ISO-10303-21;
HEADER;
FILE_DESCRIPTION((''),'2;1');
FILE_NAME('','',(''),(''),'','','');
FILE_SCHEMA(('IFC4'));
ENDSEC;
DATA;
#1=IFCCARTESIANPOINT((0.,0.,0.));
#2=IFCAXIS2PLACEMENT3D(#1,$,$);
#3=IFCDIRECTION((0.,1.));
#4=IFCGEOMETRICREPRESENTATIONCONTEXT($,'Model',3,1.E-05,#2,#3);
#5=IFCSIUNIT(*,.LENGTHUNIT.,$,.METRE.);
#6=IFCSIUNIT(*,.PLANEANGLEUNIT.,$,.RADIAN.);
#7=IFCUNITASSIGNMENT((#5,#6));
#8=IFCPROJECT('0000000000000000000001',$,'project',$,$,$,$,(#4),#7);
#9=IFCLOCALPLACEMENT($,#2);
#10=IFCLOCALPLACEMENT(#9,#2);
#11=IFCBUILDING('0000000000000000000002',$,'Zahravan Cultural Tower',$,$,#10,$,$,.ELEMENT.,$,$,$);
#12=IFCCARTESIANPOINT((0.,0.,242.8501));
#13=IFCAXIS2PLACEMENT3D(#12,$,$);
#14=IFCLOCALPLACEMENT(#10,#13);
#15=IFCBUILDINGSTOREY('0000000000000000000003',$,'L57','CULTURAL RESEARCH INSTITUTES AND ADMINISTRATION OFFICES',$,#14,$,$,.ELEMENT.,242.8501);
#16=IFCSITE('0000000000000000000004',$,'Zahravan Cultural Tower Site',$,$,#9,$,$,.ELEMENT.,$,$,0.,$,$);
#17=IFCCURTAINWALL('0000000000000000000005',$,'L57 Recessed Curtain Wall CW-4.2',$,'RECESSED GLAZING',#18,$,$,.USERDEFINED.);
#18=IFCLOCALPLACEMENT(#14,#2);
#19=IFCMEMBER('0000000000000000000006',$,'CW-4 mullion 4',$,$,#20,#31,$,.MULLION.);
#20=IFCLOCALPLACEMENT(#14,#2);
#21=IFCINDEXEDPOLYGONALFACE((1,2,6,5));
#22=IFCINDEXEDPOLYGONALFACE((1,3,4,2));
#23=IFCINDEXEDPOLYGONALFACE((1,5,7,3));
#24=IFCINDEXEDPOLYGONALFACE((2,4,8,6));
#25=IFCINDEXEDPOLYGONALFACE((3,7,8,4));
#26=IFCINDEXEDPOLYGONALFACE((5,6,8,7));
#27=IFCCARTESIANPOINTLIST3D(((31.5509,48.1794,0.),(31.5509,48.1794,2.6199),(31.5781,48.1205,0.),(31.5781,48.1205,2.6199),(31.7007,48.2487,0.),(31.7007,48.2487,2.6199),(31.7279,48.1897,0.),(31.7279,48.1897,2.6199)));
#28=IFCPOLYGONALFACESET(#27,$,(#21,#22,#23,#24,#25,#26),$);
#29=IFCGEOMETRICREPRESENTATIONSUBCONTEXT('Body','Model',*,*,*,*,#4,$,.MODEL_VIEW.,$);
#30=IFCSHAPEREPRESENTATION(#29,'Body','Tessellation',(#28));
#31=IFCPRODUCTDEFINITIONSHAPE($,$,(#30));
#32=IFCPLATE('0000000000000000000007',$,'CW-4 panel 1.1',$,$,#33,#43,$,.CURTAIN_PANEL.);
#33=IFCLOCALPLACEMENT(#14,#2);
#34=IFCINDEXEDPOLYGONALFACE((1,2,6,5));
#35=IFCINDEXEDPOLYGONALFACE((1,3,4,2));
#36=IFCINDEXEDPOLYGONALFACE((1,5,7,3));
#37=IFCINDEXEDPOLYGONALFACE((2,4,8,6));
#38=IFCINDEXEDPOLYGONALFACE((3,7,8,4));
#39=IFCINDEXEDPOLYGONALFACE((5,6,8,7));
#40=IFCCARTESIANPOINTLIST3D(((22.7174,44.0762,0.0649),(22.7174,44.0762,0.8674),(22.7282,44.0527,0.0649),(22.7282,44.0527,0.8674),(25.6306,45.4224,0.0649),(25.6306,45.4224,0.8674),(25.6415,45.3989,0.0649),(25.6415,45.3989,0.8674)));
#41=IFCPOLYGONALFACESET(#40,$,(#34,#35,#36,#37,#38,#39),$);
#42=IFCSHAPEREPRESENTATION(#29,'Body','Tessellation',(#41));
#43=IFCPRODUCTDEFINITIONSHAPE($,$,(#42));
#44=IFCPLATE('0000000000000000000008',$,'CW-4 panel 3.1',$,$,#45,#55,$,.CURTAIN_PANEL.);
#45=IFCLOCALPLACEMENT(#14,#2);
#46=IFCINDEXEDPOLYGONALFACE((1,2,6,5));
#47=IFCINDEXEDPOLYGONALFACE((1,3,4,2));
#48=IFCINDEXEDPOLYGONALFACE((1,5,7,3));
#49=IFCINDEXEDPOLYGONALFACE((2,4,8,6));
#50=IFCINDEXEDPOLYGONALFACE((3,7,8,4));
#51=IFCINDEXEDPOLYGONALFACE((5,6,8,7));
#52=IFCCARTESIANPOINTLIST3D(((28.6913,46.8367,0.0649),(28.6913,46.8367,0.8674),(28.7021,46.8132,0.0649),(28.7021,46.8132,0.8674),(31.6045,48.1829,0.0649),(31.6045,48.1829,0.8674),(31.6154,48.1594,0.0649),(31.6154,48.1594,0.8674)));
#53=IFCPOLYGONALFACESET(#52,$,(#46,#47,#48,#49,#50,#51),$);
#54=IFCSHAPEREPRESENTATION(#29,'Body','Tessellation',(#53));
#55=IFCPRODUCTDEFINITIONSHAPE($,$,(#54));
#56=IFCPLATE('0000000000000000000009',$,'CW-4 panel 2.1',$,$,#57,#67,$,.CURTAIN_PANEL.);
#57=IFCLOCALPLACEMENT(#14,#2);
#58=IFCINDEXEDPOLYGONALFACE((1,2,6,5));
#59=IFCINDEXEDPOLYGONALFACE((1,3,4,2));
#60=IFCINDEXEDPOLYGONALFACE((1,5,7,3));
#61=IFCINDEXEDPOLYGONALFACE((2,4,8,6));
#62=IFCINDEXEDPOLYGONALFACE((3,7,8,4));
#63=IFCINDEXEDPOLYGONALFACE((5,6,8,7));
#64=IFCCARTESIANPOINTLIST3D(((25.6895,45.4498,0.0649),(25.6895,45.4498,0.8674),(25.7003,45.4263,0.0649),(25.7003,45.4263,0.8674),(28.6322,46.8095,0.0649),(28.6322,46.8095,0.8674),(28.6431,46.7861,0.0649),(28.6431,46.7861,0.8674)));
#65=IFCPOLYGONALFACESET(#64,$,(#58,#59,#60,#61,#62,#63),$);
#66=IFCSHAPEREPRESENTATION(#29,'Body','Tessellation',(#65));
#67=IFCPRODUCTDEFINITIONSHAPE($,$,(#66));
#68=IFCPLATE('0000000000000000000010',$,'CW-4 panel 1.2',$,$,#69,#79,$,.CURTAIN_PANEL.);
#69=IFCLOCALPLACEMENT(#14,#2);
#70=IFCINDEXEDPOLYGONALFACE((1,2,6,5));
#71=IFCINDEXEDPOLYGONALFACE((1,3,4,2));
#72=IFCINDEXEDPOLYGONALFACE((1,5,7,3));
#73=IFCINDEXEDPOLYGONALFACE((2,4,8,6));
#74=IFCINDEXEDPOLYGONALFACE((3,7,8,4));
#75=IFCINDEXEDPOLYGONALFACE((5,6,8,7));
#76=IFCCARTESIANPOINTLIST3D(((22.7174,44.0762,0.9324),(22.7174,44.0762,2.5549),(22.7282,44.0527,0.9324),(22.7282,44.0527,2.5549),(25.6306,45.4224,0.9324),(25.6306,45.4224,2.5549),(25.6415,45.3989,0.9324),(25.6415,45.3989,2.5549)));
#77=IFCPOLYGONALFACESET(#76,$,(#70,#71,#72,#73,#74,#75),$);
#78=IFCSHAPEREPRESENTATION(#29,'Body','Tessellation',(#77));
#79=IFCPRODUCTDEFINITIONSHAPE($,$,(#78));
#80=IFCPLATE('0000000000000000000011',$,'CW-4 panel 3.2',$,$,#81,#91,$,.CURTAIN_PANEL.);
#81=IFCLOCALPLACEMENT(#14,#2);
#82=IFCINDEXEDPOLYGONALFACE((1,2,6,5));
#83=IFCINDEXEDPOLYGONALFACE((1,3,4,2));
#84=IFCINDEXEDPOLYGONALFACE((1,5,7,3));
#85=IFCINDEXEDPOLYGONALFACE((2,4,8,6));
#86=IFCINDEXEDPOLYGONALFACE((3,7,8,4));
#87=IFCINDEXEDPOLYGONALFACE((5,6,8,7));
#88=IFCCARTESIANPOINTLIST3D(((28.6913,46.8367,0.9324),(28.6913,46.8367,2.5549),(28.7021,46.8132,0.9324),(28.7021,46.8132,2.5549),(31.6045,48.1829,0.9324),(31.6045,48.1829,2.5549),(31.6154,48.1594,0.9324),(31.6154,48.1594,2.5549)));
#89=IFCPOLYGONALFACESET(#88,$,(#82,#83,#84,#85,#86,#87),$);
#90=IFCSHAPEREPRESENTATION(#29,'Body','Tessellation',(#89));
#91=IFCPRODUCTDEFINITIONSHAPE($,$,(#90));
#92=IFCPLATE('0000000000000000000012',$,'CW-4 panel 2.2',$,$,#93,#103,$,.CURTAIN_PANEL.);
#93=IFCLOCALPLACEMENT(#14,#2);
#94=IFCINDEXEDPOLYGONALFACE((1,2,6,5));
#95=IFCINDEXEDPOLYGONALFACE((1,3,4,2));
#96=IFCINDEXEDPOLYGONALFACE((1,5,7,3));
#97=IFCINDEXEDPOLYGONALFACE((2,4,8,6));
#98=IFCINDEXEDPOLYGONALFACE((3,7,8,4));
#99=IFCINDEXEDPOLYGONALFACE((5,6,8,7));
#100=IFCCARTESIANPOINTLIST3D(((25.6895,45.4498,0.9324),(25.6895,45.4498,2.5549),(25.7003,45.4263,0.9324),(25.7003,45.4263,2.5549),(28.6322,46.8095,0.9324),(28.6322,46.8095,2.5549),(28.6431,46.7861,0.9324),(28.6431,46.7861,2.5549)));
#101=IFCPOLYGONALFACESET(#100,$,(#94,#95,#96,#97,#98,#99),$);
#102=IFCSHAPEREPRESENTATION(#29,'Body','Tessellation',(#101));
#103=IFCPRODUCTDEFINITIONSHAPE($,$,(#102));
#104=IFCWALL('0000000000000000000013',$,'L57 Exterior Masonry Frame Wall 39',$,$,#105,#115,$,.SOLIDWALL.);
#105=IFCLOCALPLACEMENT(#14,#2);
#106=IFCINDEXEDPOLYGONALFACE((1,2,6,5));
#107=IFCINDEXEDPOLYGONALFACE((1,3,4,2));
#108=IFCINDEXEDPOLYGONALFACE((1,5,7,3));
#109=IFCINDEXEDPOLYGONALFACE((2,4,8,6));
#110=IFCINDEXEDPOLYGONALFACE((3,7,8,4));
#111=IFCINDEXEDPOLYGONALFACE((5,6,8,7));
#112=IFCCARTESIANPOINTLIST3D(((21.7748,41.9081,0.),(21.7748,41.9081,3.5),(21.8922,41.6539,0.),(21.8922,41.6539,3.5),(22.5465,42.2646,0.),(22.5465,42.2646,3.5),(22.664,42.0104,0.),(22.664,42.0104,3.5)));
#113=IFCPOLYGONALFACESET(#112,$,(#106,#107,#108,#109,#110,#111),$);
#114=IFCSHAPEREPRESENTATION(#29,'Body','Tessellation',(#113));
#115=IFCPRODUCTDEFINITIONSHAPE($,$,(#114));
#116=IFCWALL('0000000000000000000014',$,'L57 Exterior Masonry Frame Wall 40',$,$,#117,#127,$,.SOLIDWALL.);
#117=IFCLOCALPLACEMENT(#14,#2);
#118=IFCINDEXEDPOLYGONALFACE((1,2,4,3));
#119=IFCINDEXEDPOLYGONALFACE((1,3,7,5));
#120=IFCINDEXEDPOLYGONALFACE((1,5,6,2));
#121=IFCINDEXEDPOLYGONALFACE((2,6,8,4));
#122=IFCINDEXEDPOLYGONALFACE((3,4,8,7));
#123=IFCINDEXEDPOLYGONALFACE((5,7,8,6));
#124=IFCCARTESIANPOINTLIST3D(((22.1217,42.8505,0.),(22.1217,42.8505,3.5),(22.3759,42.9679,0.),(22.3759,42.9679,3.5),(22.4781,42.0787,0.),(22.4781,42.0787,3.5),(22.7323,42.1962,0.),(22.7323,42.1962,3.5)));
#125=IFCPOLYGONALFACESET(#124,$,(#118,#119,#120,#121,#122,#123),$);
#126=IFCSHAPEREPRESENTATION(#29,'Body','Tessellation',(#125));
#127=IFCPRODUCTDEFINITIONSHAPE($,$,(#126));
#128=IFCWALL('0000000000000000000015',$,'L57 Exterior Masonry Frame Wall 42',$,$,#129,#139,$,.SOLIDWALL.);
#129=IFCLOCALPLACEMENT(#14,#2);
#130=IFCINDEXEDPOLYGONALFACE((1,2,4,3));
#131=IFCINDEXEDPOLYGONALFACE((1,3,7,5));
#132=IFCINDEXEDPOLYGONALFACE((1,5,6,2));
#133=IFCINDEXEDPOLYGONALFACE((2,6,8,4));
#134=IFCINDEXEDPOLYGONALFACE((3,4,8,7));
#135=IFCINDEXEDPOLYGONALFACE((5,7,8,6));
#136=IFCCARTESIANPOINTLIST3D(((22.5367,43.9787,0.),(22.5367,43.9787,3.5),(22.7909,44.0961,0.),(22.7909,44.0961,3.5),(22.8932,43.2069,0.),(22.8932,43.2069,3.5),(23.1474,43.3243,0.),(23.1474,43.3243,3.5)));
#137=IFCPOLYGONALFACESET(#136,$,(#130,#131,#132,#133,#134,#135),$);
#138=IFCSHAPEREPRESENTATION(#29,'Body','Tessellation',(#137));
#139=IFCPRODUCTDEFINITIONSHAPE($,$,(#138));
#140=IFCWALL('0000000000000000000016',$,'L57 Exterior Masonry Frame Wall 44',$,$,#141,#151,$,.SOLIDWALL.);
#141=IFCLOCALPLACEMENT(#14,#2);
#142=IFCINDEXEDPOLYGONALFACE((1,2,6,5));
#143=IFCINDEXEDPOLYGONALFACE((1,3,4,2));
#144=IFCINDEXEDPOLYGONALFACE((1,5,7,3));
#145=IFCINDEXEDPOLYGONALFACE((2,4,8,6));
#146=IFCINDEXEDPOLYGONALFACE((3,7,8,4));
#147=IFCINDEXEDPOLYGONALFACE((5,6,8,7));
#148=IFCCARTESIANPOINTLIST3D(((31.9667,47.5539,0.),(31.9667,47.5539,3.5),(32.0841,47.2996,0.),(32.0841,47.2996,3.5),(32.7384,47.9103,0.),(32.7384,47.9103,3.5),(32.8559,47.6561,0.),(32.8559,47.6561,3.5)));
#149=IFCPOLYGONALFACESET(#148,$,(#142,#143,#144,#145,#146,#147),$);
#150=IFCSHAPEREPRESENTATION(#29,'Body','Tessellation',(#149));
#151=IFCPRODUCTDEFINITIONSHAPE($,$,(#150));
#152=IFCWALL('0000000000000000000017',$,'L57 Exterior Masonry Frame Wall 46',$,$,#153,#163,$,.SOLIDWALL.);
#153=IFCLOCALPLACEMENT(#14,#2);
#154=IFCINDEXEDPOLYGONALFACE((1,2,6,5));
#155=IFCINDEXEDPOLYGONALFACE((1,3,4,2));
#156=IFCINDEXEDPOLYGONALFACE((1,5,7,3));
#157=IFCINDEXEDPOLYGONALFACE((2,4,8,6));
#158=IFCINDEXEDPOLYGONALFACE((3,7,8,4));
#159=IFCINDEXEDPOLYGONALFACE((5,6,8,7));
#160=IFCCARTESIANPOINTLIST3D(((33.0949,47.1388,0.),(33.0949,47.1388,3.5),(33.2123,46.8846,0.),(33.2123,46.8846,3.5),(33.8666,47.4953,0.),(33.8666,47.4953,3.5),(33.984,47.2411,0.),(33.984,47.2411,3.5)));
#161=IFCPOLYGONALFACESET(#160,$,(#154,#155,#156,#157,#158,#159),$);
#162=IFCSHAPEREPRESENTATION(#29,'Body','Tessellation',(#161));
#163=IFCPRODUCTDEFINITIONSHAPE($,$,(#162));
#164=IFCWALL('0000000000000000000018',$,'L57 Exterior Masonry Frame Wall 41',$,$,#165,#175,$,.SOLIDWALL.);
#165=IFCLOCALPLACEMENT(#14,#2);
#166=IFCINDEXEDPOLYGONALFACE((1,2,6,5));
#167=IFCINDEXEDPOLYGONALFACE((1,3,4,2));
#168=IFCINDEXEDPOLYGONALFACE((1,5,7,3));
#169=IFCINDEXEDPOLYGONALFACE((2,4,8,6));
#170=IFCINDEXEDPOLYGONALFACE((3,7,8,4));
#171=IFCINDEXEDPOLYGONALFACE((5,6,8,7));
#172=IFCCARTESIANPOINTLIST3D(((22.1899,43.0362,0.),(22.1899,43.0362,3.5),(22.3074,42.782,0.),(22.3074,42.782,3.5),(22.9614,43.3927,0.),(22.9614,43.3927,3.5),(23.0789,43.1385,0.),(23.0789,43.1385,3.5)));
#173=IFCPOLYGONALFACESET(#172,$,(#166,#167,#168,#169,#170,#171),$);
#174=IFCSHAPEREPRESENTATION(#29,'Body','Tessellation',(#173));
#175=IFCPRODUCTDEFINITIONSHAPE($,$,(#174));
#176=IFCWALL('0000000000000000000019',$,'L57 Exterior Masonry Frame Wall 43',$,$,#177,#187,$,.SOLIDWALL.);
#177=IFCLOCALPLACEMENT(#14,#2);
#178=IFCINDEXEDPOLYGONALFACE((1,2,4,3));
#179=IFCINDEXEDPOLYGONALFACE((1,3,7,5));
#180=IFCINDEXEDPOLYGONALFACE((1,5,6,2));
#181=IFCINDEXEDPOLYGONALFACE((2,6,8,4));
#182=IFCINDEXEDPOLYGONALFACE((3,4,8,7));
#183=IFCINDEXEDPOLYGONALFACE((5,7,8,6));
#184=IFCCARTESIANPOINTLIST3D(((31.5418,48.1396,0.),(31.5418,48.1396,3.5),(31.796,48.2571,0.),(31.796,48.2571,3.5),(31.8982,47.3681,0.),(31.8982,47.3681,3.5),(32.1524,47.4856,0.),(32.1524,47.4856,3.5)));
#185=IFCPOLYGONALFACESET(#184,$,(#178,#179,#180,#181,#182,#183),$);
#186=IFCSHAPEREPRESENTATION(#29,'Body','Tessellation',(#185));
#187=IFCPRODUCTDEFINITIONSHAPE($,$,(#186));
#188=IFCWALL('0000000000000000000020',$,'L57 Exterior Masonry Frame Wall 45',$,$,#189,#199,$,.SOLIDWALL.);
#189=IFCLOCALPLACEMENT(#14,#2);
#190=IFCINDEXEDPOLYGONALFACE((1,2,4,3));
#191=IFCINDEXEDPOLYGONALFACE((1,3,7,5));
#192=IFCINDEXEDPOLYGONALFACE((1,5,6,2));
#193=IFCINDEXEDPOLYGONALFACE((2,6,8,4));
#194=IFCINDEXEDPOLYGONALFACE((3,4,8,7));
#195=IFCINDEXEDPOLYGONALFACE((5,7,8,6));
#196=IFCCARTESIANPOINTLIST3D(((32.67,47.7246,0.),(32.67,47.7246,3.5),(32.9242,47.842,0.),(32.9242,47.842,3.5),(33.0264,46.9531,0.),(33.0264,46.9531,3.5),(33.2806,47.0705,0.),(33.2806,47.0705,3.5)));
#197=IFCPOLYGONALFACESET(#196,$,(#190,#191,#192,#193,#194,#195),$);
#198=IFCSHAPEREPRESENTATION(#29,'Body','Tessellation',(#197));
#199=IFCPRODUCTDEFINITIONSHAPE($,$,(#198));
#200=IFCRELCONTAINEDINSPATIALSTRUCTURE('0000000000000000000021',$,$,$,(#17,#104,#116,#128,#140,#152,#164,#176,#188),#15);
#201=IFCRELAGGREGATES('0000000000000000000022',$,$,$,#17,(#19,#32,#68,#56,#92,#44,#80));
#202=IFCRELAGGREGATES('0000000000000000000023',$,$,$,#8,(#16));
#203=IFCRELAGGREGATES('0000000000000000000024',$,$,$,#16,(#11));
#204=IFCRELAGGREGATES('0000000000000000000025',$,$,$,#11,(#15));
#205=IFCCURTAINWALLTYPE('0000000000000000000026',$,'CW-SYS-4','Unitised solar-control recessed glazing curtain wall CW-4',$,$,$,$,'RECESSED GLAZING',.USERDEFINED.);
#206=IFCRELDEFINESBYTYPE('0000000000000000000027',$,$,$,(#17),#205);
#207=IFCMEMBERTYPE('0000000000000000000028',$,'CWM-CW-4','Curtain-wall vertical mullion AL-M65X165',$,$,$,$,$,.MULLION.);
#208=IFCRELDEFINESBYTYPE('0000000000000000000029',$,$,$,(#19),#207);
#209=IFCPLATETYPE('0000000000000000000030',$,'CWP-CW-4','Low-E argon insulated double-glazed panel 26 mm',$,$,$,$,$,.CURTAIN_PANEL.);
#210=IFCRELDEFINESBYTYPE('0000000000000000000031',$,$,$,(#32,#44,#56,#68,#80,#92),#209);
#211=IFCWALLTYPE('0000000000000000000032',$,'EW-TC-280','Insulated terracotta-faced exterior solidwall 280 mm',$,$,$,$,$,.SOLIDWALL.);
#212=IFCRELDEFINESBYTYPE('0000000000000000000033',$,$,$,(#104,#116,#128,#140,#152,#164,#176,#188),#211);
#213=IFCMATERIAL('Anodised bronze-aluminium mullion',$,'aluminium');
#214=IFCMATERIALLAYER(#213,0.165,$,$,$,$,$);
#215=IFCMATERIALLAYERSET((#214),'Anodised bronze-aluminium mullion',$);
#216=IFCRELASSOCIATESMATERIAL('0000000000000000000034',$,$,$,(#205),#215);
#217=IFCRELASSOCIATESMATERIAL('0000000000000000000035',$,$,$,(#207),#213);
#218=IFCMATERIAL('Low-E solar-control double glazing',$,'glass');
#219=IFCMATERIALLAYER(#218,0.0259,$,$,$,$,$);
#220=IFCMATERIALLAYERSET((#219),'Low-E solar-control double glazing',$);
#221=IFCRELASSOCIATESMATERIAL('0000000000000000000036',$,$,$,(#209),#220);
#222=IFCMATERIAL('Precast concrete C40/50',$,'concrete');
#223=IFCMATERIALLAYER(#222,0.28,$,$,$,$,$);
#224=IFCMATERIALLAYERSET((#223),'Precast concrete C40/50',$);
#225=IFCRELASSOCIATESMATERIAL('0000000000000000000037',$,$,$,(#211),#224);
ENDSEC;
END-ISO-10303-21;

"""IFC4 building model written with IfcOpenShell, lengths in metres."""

from ifc_helpers import new_model, si_unit, direction, frame, frame_2d, origin, origin_2d, place, context, subcontext, project, spatial, rectangle, extrude, source, transform, mapped, material, layer, layer_set, material_profile, profile_set, type_object, element, aggregate, save


model = new_model("IFC4")

# Units and contexts
model_context = context("Model", 3, precision=1e-05, world=origin(), true_north=direction((0.0, 1.0)))
body_context = subcontext(model_context, "Body", "Model", "MODEL_VIEW")
ifc_project = project(units=[si_unit("LENGTHUNIT", "METRE"), si_unit("PLANEANGLEUNIT", "RADIAN")], contexts=[model_context])

# Site, building, storey
site_placement = place(None, origin())
site = spatial("IfcSite", under=ifc_project, at=site_placement, Name="Zahravan Cultural Tower Site", CompositionType="ELEMENT", RefElevation=0.0)
building_placement = place(site_placement, origin())
building = spatial("IfcBuilding", under=site, at=building_placement, Name="Zahravan Cultural Tower", CompositionType="ELEMENT")
storey_placement = place(building_placement, frame((0.0, 0.0, 242.8501)))
storey = spatial("IfcBuildingStorey", under=building, at=storey_placement, Name="L57", Description="CULTURAL RESEARCH INSTITUTES AND ADMINISTRATION OFFICES", CompositionType="ELEMENT", Elevation=242.8501)

# Curtain wall, member, plates
ifc_material_1 = material(Name="Anodised bronze-aluminium mullion", Category="aluminium")
ifc_layer_1 = layer(ifc_material_1, 0.165)
ifc_layer_set_1 = layer_set([ifc_layer_1], Name="Anodised bronze-aluminium mullion")
curtain_wall_type = type_object("IfcCurtainWallType", Name="CW-SYS-4", Description="Unitised solar-control recessed glazing curtain wall CW-4", ElementType="RECESSED GLAZING", PredefinedType="USERDEFINED", material=ifc_layer_set_1)
curtain_wall_placement = place(storey_placement, origin())
curtain_wall = element("IfcCurtainWall", 1, at=curtain_wall_placement, inside=storey, type_object=curtain_wall_type, Name="L57 Recessed Curtain Wall CW-4.2", ObjectType="RECESSED GLAZING", PredefinedType="USERDEFINED")
ifc_material_profile_1 = material_profile(ifc_material_1, rectangle(XDim=0.0649, YDim=0.165, at=origin_2d()), Name="AL-M65X165")
ifc_profile_set_1 = profile_set([ifc_material_profile_1], Name="Anodised bronze-aluminium mullion")
member_type_1 = type_object("IfcMemberType", Name="CWM-CW-4", Description="Curtain-wall vertical mullion AL-M65X165", PredefinedType="MULLION", material=ifc_profile_set_1)
shared_shape_1 = source(origin(), body_context, "Body", "SweptSolid", [
    extrude(rectangle(XDim=0.0649, YDim=0.165, at=origin_2d()), origin(), (0.0, 0.0, 1.0), 2.6199),
])
member_1_placement = place(storey_placement, frame((31.6394, 48.1846, 0.0), z_axis=(0.0, 0.0, 1.0), x_axis=(-0.419457, 0.907775, 0.0)))
member_1 = element("IfcMember", 2, at=member_1_placement, type_object=member_type_1, Name="CW-4 mullion 4", PredefinedType="MULLION", context=body_context, shape_type="MappedRepresentation", body=[
    mapped(shared_shape_1, transform((0.0, 0.0, 0.0), x_axis=(1.0, 0.0, 0.0), y_axis=(0.0, 1.0, 0.0), z_axis=(0.0, 0.0, 1.0), scale=1.0)),
])
ifc_material_2 = material(Name="Low-E solar-control double glazing", Category="glass")
ifc_layer_2 = layer(ifc_material_2, 0.0259)
ifc_layer_set_2 = layer_set([ifc_layer_2], Name="Low-E solar-control double glazing")
plate_type = type_object("IfcPlateType", Name="CWP-CW-4", Description="Low-E argon insulated double-glazed panel 26 mm", PredefinedType="CURTAIN_PANEL", material=ifc_layer_set_2)
shared_shape_2 = source(origin(), body_context, "Body", "SweptSolid", [
    extrude(rectangle(XDim=3.2092, YDim=0.0259, at=origin_2d()), origin(), (0.0, 0.0, 1.0), 0.8025),
])
plate_1_placement = place(storey_placement, frame((24.1794, 44.7375, 0.0649), z_axis=(0.0, 0.0, 1.0), x_axis=(0.907775, 0.419457, 0.0)))
plate_1 = element("IfcPlate", 3, at=plate_1_placement, type_object=plate_type, Name="CW-4 panel 1.1", PredefinedType="CURTAIN_PANEL", context=body_context, shape_type="MappedRepresentation", body=[
    mapped(shared_shape_2, transform((0.0, 0.0, 0.0), x_axis=(1.0, 0.0, 0.0), y_axis=(0.0, 1.0, 0.0), z_axis=(0.0, 0.0, 1.0), scale=1.0)),
])
plate_2_placement = place(storey_placement, frame((30.1533, 47.498, 0.0649), z_axis=(0.0, 0.0, 1.0), x_axis=(0.907775, 0.419457, 0.0)))
plate_2 = element("IfcPlate", 4, at=plate_2_placement, type_object=plate_type, Name="CW-4 panel 3.1", PredefinedType="CURTAIN_PANEL", context=body_context, shape_type="MappedRepresentation", body=[
    mapped(shared_shape_2, transform((0.0, 0.0, 0.0), x_axis=(1.0, 0.0, 0.0), y_axis=(0.0, 1.0, 0.0), z_axis=(0.0, 0.0, 1.0), scale=1.0)),
])
shared_shape_3 = source(origin(), body_context, "Body", "SweptSolid", [
    extrude(rectangle(XDim=3.2417, YDim=0.0259, at=origin_2d()), origin(), (0.0, 0.0, 1.0), 0.8025),
])
plate_3_placement = place(storey_placement, frame((27.1663, 46.1179, 0.0649), z_axis=(0.0, 0.0, 1.0), x_axis=(0.907775, 0.419457, 0.0)))
plate_3 = element("IfcPlate", 5, at=plate_3_placement, type_object=plate_type, Name="CW-4 panel 2.1", PredefinedType="CURTAIN_PANEL", context=body_context, shape_type="MappedRepresentation", body=[
    mapped(shared_shape_3, transform((0.0, 0.0, 0.0), x_axis=(1.0, 0.0, 0.0), y_axis=(0.0, 1.0, 0.0), z_axis=(0.0, 0.0, 1.0), scale=1.0)),
])
shared_shape_4 = source(origin(), body_context, "Body", "SweptSolid", [
    extrude(rectangle(XDim=3.2092, YDim=0.0259, at=origin_2d()), origin(), (0.0, 0.0, 1.0), 1.6226),
])
plate_4_placement = place(storey_placement, frame((24.1794, 44.7375, 0.9324), z_axis=(0.0, 0.0, 1.0), x_axis=(0.907775, 0.419457, 0.0)))
plate_4 = element("IfcPlate", 6, at=plate_4_placement, type_object=plate_type, Name="CW-4 panel 1.2", PredefinedType="CURTAIN_PANEL", context=body_context, shape_type="MappedRepresentation", body=[
    mapped(shared_shape_4, transform((0.0, 0.0, 0.0), x_axis=(1.0, 0.0, 0.0), y_axis=(0.0, 1.0, 0.0), z_axis=(0.0, 0.0, 1.0), scale=1.0)),
])
plate_5_placement = place(storey_placement, frame((30.1533, 47.498, 0.9324), z_axis=(0.0, 0.0, 1.0), x_axis=(0.907775, 0.419457, 0.0)))
plate_5 = element("IfcPlate", 7, at=plate_5_placement, type_object=plate_type, Name="CW-4 panel 3.2", PredefinedType="CURTAIN_PANEL", context=body_context, shape_type="MappedRepresentation", body=[
    mapped(shared_shape_4, transform((0.0, 0.0, 0.0), x_axis=(1.0, 0.0, 0.0), y_axis=(0.0, 1.0, 0.0), z_axis=(0.0, 0.0, 1.0), scale=1.0)),
])
shared_shape_5 = source(origin(), body_context, "Body", "SweptSolid", [
    extrude(rectangle(XDim=3.2417, YDim=0.0259, at=origin_2d()), origin(), (0.0, 0.0, 1.0), 1.6226),
])
plate_6_placement = place(storey_placement, frame((27.1663, 46.1179, 0.9324), z_axis=(0.0, 0.0, 1.0), x_axis=(0.907775, 0.419457, 0.0)))
plate_6 = element("IfcPlate", 8, at=plate_6_placement, type_object=plate_type, Name="CW-4 panel 2.2", PredefinedType="CURTAIN_PANEL", context=body_context, shape_type="MappedRepresentation", body=[
    mapped(shared_shape_5, transform((0.0, 0.0, 0.0), x_axis=(1.0, 0.0, 0.0), y_axis=(0.0, 1.0, 0.0), z_axis=(0.0, 0.0, 1.0), scale=1.0)),
])
aggregate(curtain_wall, [member_1, plate_1, plate_4, plate_3, plate_6, plate_2, plate_5])

# Walls
ifc_material_3 = material(Name="Precast concrete C40/50", Category="concrete")
ifc_layer_3 = layer(ifc_material_3, 0.28)
ifc_layer_set_3 = layer_set([ifc_layer_3], Name="Precast concrete C40/50")
wall_type_1 = type_object("IfcWallType", Name="EW-TC-280", Description="Insulated terracotta-faced exterior solidwall 280 mm", PredefinedType="SOLIDWALL", material=ifc_layer_set_3)
shared_shape_6 = source(origin(), body_context, "Body", "SweptSolid", [
    extrude(rectangle(XDim=0.8501, YDim=0.28, at=frame_2d((0.425, 0.0))), origin(), (0.0, 0.0, 1.0), 3.5),
])
for number, where, z_axis, x_axis, name in (
    (9, (21.8335, 41.781, 0.0), (0.0, 0.0, 1.0), (0.907842, 0.419313, 0.0), "L57 Exterior Masonry Frame Wall 39"),
    (10, (22.6052, 42.1375, 0.0), (0.0, 0.0, 1.0), (-0.419313, 0.907842, 0.0), "L57 Exterior Masonry Frame Wall 40"),
    (11, (23.0203, 43.2656, 0.0), (0.0, 0.0, 1.0), (-0.419313, 0.907842, 0.0), "L57 Exterior Masonry Frame Wall 42"),
    (12, (32.0254, 47.4268, 0.0), (0.0, 0.0, 1.0), (0.907842, 0.419313, 0.0), "L57 Exterior Masonry Frame Wall 44"),
    (13, (33.1536, 47.0117, 0.0), (0.0, 0.0, 1.0), (0.907842, 0.419313, 0.0), "L57 Exterior Masonry Frame Wall 46"),
):
    element("IfcWall", number, at=place(storey_placement, frame(where, z_axis=z_axis, x_axis=x_axis)), inside=storey, type_object=wall_type_1, Name=name, PredefinedType="SOLIDWALL", context=body_context, shape_type="MappedRepresentation", body=[
        mapped(shared_shape_6, transform((0.0, 0.0, 0.0), x_axis=(1.0, 0.0, 0.0), y_axis=(0.0, 1.0, 0.0), z_axis=(0.0, 0.0, 1.0), scale=1.0)),
    ])
shared_shape_7 = source(origin(), body_context, "Body", "SweptSolid", [
    extrude(rectangle(XDim=0.8499, YDim=0.28, at=frame_2d((0.4248, 0.0))), origin(), (0.0, 0.0, 1.0), 3.5),
])
for number, where, z_axis, x_axis, name in (
    (14, (22.2488, 42.9092, 0.0), (0.0, 0.0, 1.0), (0.907791, 0.419422, 0.0), "L57 Exterior Masonry Frame Wall 41"),
    (15, (31.6689, 48.1982, 0.0), (0.0, 0.0, 1.0), (0.419422, -0.907791, 0.0), "L57 Exterior Masonry Frame Wall 43"),
    (16, (32.7971, 47.7832, 0.0), (0.0, 0.0, 1.0), (0.419422, -0.907791, 0.0), "L57 Exterior Masonry Frame Wall 45"),
):
    element("IfcWall", number, at=place(storey_placement, frame(where, z_axis=z_axis, x_axis=x_axis)), inside=storey, type_object=wall_type_1, Name=name, PredefinedType="SOLIDWALL", context=body_context, shape_type="MappedRepresentation", body=[
        mapped(shared_shape_7, transform((0.0, 0.0, 0.0), x_axis=(1.0, 0.0, 0.0), y_axis=(0.0, 1.0, 0.0), z_axis=(0.0, 0.0, 1.0), scale=1.0)),
    ])

save(model, "model.ifc")
